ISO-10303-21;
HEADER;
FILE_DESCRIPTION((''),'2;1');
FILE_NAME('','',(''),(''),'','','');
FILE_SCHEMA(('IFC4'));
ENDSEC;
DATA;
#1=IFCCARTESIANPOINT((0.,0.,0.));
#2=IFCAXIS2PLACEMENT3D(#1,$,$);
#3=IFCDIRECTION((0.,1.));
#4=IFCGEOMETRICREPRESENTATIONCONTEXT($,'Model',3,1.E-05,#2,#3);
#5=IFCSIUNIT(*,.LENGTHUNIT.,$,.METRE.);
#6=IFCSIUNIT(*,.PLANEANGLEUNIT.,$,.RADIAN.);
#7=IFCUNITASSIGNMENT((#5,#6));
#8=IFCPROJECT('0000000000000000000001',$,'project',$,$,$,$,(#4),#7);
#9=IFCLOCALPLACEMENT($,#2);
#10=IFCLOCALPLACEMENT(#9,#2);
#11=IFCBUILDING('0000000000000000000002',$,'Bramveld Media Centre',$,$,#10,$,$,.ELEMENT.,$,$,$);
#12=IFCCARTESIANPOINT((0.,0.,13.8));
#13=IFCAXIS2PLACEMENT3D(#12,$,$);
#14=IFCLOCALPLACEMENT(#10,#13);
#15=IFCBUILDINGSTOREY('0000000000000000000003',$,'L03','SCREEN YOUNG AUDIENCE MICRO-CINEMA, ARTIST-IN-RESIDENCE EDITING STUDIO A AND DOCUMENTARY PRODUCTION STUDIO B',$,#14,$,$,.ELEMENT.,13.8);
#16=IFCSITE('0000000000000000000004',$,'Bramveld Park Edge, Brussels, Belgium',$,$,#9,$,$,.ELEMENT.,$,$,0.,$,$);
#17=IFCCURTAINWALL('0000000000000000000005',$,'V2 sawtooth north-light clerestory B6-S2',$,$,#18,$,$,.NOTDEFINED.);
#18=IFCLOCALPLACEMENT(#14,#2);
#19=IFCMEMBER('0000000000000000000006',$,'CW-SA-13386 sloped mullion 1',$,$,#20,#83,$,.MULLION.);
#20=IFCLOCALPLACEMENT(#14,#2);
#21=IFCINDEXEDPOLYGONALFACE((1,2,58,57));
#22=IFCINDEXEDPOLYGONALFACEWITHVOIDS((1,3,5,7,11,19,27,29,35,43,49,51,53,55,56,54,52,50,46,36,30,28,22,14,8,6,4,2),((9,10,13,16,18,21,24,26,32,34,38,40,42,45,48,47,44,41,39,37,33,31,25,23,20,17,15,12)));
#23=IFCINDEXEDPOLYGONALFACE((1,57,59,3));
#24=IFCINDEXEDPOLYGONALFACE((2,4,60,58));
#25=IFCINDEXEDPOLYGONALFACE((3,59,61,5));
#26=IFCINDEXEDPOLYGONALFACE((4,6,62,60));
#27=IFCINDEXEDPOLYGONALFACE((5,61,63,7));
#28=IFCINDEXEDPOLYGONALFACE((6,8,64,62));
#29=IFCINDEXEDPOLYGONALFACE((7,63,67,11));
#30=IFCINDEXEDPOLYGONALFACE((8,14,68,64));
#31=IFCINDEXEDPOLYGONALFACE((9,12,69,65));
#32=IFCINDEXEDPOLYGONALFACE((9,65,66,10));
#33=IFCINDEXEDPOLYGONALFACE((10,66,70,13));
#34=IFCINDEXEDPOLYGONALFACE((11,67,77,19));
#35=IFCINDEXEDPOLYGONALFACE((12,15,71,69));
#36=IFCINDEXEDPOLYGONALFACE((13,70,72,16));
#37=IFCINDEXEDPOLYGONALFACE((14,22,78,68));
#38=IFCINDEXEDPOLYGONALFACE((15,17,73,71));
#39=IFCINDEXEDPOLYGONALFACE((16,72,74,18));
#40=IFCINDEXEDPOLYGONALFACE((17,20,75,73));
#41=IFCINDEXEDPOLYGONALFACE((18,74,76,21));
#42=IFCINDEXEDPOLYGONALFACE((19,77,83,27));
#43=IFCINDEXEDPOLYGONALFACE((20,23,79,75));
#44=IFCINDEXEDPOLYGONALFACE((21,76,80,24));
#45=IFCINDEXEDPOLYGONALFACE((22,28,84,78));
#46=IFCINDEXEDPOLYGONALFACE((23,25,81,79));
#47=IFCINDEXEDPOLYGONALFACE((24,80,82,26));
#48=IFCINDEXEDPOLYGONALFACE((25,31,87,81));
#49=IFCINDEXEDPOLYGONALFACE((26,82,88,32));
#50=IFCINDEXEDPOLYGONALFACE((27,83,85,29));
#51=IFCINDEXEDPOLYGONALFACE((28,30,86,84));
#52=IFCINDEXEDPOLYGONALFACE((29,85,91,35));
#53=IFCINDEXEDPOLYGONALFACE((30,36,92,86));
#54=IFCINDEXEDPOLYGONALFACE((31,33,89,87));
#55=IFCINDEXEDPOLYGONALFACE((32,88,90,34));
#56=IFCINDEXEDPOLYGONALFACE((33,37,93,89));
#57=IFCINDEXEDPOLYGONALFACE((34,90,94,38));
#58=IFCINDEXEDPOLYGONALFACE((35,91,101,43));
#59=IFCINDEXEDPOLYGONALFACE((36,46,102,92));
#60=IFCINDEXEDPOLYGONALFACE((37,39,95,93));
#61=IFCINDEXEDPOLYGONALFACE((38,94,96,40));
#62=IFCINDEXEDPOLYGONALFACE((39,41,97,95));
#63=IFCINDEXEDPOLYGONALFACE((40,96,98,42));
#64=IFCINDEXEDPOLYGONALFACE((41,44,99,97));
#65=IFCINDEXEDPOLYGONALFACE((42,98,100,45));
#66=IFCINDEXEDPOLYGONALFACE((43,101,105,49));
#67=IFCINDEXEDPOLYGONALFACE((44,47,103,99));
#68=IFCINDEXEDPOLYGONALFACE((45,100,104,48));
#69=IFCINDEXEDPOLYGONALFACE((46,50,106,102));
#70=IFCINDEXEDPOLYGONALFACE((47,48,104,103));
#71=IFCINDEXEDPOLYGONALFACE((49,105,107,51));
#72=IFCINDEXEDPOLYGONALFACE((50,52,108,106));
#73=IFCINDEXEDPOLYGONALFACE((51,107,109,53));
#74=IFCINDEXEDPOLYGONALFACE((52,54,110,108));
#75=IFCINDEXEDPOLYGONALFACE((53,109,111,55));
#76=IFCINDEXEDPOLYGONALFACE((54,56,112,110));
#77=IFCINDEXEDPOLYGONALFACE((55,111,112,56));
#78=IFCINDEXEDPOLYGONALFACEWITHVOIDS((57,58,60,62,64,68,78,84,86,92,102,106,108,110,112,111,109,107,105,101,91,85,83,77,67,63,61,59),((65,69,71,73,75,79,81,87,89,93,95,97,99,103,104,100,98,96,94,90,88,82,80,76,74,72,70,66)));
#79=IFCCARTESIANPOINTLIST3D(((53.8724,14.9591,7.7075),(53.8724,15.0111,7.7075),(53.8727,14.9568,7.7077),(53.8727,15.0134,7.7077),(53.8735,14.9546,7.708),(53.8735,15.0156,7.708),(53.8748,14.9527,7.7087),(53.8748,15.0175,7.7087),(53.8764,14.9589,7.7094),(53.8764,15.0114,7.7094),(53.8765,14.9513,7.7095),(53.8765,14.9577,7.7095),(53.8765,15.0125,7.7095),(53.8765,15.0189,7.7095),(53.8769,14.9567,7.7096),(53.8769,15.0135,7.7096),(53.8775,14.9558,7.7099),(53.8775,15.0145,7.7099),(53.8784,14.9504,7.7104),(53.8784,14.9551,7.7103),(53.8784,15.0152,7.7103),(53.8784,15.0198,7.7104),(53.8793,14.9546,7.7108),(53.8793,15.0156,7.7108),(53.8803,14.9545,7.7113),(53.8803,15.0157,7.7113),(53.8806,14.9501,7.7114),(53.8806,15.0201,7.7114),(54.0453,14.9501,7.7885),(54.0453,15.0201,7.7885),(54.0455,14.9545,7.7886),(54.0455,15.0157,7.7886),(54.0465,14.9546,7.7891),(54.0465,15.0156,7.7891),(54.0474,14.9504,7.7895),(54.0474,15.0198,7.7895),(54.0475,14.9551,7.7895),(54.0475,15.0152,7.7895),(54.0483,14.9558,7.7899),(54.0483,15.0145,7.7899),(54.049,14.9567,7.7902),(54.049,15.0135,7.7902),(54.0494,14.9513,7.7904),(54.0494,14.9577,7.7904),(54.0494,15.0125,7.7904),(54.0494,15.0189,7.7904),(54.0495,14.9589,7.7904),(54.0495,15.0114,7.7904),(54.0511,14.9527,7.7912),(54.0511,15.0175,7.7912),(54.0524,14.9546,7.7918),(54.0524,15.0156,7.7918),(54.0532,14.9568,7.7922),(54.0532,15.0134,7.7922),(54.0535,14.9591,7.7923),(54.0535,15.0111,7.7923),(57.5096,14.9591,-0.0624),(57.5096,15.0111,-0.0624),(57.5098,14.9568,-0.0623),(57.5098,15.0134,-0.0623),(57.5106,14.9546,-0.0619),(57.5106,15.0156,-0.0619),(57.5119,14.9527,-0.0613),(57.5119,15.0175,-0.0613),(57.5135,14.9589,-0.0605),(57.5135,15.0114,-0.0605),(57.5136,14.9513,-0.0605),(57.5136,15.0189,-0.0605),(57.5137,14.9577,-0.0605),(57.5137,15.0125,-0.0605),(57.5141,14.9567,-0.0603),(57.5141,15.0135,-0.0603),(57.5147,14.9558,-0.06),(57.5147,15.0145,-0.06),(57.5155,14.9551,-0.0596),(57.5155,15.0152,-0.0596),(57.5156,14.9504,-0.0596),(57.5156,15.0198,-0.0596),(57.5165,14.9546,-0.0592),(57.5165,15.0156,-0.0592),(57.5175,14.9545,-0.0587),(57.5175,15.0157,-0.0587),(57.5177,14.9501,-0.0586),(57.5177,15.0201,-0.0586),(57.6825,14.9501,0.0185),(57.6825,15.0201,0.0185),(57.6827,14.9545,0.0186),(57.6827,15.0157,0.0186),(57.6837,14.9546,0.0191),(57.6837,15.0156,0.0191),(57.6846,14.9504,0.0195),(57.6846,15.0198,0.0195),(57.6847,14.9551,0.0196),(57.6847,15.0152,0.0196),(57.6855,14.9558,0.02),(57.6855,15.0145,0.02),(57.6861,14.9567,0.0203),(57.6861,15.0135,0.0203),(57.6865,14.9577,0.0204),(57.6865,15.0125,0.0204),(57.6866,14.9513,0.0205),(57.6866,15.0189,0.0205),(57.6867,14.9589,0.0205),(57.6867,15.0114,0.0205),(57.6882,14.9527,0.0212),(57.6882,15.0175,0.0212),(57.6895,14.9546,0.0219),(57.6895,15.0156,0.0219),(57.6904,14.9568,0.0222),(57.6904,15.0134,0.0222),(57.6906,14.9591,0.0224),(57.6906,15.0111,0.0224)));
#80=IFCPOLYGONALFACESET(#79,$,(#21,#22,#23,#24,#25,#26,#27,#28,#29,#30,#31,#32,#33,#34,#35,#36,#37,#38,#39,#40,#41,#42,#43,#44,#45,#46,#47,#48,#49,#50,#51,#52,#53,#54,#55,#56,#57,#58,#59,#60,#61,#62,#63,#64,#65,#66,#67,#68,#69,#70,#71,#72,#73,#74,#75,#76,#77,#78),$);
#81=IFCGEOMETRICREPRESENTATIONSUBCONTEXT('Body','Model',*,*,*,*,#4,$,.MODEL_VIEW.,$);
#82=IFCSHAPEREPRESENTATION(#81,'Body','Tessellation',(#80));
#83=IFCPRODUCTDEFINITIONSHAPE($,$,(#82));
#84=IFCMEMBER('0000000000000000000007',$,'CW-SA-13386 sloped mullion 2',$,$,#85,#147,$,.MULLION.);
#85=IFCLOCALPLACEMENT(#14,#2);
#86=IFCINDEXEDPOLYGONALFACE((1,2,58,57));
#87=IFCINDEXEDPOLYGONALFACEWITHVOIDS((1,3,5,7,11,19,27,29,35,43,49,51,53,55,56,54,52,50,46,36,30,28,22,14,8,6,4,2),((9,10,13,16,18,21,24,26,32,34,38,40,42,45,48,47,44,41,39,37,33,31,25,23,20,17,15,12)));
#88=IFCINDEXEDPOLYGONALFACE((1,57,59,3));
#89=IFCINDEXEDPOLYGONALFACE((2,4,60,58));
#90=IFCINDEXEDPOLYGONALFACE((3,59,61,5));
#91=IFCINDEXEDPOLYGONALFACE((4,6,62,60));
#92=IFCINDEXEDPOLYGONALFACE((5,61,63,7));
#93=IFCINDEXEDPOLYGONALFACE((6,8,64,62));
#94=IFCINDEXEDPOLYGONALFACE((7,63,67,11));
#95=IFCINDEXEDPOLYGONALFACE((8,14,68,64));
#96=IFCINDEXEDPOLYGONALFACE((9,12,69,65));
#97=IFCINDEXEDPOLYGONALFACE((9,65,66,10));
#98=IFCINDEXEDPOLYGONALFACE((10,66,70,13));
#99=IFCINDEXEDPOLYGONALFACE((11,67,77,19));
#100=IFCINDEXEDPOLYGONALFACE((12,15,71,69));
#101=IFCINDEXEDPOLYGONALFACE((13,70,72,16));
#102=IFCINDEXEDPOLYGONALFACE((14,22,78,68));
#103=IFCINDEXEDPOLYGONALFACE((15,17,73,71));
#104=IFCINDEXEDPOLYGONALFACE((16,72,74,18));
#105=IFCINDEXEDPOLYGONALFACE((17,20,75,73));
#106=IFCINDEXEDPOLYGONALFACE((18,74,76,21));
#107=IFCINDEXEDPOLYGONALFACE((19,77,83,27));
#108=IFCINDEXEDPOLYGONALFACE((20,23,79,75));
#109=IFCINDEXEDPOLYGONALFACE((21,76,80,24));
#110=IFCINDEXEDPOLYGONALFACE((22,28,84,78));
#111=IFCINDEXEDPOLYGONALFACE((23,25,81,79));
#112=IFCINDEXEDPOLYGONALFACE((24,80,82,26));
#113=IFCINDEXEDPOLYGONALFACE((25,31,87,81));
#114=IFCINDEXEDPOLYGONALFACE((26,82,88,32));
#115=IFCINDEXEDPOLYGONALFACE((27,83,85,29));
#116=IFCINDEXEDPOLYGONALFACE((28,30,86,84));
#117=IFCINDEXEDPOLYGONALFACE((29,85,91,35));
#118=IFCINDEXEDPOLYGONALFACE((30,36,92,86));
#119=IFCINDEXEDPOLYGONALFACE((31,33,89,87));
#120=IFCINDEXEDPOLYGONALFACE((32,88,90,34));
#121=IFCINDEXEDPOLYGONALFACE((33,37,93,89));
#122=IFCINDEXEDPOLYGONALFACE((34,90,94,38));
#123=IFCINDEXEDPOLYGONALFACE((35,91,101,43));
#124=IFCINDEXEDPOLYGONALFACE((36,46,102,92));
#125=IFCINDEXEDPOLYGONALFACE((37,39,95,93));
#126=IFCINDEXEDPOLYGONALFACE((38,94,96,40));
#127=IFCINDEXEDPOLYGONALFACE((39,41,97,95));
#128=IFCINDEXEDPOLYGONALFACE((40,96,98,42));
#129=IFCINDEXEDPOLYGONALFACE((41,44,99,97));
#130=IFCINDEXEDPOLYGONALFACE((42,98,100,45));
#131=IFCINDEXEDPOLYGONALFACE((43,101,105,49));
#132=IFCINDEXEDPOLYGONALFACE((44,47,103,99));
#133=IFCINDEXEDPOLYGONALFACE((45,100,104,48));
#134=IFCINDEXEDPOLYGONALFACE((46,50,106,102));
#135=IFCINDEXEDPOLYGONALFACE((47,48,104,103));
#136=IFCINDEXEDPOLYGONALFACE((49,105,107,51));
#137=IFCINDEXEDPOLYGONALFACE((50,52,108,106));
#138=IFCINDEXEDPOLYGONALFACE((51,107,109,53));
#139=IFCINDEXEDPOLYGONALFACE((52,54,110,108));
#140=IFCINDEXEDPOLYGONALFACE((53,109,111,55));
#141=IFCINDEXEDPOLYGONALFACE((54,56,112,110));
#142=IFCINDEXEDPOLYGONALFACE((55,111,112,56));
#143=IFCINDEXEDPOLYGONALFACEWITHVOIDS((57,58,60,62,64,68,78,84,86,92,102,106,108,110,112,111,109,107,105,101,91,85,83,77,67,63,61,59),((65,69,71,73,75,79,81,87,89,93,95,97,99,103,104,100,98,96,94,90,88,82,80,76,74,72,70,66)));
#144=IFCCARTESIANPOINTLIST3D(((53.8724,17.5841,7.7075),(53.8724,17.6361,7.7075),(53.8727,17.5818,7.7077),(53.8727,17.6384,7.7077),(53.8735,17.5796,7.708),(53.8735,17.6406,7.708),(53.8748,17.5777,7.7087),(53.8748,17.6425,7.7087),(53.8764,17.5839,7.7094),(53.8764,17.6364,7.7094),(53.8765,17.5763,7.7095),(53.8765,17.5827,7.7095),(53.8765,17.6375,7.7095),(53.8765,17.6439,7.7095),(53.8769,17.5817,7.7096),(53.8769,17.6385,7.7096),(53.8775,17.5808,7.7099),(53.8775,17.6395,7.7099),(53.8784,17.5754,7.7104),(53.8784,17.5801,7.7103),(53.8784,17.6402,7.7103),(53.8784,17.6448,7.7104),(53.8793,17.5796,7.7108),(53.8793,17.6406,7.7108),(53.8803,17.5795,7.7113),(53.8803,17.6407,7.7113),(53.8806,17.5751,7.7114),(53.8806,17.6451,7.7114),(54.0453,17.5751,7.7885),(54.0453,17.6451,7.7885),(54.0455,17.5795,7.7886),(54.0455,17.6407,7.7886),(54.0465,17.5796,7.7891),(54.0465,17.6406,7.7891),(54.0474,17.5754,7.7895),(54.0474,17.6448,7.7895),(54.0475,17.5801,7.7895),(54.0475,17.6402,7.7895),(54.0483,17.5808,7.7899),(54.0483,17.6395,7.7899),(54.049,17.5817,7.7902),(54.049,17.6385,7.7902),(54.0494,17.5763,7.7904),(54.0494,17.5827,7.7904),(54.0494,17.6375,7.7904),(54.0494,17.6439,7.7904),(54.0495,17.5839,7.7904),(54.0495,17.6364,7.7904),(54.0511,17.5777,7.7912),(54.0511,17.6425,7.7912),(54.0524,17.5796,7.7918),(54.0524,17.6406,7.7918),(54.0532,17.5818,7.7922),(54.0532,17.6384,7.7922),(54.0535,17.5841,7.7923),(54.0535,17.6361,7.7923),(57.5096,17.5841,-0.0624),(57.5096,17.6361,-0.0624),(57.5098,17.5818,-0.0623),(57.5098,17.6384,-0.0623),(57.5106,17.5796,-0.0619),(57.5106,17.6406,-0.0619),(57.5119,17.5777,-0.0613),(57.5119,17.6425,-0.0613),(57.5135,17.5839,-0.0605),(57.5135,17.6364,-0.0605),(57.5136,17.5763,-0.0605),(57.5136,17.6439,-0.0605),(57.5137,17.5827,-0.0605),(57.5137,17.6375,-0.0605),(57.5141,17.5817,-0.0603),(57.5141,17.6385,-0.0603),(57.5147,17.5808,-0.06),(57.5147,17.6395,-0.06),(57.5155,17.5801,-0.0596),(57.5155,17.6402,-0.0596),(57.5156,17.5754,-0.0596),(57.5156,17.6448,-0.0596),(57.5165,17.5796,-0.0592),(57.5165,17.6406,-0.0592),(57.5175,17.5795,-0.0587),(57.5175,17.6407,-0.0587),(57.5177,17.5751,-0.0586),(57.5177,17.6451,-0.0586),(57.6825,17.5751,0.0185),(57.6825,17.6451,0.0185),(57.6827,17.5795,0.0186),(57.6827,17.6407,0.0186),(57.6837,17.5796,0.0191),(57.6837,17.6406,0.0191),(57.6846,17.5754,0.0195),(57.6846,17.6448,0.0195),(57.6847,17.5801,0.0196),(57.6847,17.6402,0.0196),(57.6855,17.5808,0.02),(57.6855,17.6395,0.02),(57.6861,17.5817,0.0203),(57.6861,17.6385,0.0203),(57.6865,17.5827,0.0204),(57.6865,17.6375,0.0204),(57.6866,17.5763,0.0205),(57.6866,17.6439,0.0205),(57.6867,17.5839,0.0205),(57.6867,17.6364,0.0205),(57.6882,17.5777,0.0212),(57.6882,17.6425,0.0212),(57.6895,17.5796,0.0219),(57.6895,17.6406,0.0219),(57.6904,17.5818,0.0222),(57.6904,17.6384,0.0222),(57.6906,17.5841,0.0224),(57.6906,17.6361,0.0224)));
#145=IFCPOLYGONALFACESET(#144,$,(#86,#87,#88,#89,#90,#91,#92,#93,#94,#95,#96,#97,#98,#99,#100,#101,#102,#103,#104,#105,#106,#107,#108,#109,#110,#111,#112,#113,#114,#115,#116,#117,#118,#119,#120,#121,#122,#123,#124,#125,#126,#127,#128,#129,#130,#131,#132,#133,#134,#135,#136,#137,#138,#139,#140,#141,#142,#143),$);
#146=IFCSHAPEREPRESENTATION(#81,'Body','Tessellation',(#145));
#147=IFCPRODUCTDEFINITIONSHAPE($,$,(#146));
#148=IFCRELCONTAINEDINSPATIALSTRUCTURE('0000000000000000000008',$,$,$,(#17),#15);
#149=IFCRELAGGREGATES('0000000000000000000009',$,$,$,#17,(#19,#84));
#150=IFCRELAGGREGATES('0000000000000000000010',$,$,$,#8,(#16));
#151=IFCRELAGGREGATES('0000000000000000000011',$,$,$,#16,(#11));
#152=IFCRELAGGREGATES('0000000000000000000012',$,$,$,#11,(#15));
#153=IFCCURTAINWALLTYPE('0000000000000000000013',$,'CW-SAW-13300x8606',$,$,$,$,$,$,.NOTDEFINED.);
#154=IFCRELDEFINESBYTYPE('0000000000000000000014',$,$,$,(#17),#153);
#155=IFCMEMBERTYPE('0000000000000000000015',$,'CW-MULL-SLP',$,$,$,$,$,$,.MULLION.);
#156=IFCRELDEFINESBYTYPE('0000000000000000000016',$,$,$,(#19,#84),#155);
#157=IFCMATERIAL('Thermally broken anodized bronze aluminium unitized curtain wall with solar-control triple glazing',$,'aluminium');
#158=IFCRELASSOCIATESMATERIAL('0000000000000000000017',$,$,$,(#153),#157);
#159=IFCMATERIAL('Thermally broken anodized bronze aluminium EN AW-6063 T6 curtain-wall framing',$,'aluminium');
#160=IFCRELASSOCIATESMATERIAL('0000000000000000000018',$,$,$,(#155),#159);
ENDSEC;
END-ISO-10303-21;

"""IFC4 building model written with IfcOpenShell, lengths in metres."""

from ifc_helpers import new_model, si_unit, direction, frame, origin, origin_2d, place, context, subcontext, project, spatial, hollow_rectangle, extrude, material, material_profile, profile_set, type_object, element, aggregate, save


model = new_model("IFC4")

# Units and contexts
model_context = context("Model", 3, precision=1e-05, world=origin(), true_north=direction((0.0, 1.0)))
body_context = subcontext(model_context, "Body", "Model", "MODEL_VIEW")
ifc_project = project(units=[si_unit("LENGTHUNIT", "METRE"), si_unit("PLANEANGLEUNIT", "RADIAN")], contexts=[model_context])

# Site, building, storey
site_placement = place(None, origin())
site = spatial("IfcSite", under=ifc_project, at=site_placement, Name="Bramveld Park Edge, Brussels, Belgium", CompositionType="ELEMENT", RefElevation=0.0)
building_placement = place(site_placement, origin())
building = spatial("IfcBuilding", under=site, at=building_placement, Name="Bramveld Media Centre", CompositionType="ELEMENT")
storey_placement = place(building_placement, frame((0.0, 0.0, 13.8)))
storey = spatial("IfcBuildingStorey", under=building, at=storey_placement, Name="L03", Description="SCREEN YOUNG AUDIENCE MICRO-CINEMA, ARTIST-IN-RESIDENCE EDITING STUDIO A AND DOCUMENTARY PRODUCTION STUDIO B", CompositionType="ELEMENT", Elevation=13.8)

# Curtain wall, members
ifc_material_1 = material(Name="Thermally broken anodized bronze aluminium unitized curtain wall with solar-control triple glazing", Category="aluminium")
curtain_wall_type = type_object("IfcCurtainWallType", Name="CW-SAW-13300x8606", PredefinedType="NOTDEFINED", material=ifc_material_1)
ifc_material_2 = material(Name="Thermally broken anodized bronze aluminium EN AW-6063 T6 curtain-wall framing", Category="aluminium")
ifc_material_profile_1 = material_profile(ifc_material_2, hollow_rectangle(XDim=0.0701, YDim=0.2, WallThickness=0.0044, InnerFilletRadius=0.0044, OuterFilletRadius=0.009, at=origin_2d()), Name="AL-MULL 70x200")
ifc_profile_set_1 = profile_set([ifc_material_profile_1], Name="Thermally broken anodized bronze aluminium EN AW-6063 T6 curtain-wall framing")
member_type_1 = type_object("IfcMemberType", Name="CW-MULL-SLP", PredefinedType="MULLION", material=ifc_profile_set_1)
curtain_wall_1_placement = place(storey_placement, origin())
curtain_wall_1 = element("IfcCurtainWall", 1, at=curtain_wall_1_placement, inside=storey, type_object=curtain_wall_type, Name="V2 sawtooth north-light clerestory B6-S2", PredefinedType="NOTDEFINED")
member_1_placement = place(storey_placement, frame((57.6001, 14.9851, -0.02), z_axis=(-0.423957, 0.0, 0.905682), x_axis=(0.0, -1.0, 0.0)))
member_1 = element("IfcMember", 2, at=member_1_placement, type_object=member_type_1, Name="CW-SA-13386 sloped mullion 1", PredefinedType="MULLION", context=body_context, shape_type="SweptSolid", body=[
    extrude(hollow_rectangle(XDim=0.0701, YDim=0.2, WallThickness=0.0044, InnerFilletRadius=0.0044, OuterFilletRadius=0.009, at=origin_2d()), origin(), (0.0, 0.0, 1.0), 8.5791),
])
member_2_placement = place(storey_placement, frame((57.6001, 17.6101, -0.02), z_axis=(-0.423957, 0.0, 0.905682), x_axis=(0.0, -1.0, 0.0)))
member_2 = element("IfcMember", 3, at=member_2_placement, type_object=member_type_1, Name="CW-SA-13386 sloped mullion 2", PredefinedType="MULLION", context=body_context, shape_type="SweptSolid", body=[
    extrude(hollow_rectangle(XDim=0.0701, YDim=0.2, WallThickness=0.0044, InnerFilletRadius=0.0044, OuterFilletRadius=0.009, at=origin_2d()), origin(), (0.0, 0.0, 1.0), 8.5791),
])

aggregate(curtain_wall_1, [member_1, member_2])

save(model, "model.ifc")
